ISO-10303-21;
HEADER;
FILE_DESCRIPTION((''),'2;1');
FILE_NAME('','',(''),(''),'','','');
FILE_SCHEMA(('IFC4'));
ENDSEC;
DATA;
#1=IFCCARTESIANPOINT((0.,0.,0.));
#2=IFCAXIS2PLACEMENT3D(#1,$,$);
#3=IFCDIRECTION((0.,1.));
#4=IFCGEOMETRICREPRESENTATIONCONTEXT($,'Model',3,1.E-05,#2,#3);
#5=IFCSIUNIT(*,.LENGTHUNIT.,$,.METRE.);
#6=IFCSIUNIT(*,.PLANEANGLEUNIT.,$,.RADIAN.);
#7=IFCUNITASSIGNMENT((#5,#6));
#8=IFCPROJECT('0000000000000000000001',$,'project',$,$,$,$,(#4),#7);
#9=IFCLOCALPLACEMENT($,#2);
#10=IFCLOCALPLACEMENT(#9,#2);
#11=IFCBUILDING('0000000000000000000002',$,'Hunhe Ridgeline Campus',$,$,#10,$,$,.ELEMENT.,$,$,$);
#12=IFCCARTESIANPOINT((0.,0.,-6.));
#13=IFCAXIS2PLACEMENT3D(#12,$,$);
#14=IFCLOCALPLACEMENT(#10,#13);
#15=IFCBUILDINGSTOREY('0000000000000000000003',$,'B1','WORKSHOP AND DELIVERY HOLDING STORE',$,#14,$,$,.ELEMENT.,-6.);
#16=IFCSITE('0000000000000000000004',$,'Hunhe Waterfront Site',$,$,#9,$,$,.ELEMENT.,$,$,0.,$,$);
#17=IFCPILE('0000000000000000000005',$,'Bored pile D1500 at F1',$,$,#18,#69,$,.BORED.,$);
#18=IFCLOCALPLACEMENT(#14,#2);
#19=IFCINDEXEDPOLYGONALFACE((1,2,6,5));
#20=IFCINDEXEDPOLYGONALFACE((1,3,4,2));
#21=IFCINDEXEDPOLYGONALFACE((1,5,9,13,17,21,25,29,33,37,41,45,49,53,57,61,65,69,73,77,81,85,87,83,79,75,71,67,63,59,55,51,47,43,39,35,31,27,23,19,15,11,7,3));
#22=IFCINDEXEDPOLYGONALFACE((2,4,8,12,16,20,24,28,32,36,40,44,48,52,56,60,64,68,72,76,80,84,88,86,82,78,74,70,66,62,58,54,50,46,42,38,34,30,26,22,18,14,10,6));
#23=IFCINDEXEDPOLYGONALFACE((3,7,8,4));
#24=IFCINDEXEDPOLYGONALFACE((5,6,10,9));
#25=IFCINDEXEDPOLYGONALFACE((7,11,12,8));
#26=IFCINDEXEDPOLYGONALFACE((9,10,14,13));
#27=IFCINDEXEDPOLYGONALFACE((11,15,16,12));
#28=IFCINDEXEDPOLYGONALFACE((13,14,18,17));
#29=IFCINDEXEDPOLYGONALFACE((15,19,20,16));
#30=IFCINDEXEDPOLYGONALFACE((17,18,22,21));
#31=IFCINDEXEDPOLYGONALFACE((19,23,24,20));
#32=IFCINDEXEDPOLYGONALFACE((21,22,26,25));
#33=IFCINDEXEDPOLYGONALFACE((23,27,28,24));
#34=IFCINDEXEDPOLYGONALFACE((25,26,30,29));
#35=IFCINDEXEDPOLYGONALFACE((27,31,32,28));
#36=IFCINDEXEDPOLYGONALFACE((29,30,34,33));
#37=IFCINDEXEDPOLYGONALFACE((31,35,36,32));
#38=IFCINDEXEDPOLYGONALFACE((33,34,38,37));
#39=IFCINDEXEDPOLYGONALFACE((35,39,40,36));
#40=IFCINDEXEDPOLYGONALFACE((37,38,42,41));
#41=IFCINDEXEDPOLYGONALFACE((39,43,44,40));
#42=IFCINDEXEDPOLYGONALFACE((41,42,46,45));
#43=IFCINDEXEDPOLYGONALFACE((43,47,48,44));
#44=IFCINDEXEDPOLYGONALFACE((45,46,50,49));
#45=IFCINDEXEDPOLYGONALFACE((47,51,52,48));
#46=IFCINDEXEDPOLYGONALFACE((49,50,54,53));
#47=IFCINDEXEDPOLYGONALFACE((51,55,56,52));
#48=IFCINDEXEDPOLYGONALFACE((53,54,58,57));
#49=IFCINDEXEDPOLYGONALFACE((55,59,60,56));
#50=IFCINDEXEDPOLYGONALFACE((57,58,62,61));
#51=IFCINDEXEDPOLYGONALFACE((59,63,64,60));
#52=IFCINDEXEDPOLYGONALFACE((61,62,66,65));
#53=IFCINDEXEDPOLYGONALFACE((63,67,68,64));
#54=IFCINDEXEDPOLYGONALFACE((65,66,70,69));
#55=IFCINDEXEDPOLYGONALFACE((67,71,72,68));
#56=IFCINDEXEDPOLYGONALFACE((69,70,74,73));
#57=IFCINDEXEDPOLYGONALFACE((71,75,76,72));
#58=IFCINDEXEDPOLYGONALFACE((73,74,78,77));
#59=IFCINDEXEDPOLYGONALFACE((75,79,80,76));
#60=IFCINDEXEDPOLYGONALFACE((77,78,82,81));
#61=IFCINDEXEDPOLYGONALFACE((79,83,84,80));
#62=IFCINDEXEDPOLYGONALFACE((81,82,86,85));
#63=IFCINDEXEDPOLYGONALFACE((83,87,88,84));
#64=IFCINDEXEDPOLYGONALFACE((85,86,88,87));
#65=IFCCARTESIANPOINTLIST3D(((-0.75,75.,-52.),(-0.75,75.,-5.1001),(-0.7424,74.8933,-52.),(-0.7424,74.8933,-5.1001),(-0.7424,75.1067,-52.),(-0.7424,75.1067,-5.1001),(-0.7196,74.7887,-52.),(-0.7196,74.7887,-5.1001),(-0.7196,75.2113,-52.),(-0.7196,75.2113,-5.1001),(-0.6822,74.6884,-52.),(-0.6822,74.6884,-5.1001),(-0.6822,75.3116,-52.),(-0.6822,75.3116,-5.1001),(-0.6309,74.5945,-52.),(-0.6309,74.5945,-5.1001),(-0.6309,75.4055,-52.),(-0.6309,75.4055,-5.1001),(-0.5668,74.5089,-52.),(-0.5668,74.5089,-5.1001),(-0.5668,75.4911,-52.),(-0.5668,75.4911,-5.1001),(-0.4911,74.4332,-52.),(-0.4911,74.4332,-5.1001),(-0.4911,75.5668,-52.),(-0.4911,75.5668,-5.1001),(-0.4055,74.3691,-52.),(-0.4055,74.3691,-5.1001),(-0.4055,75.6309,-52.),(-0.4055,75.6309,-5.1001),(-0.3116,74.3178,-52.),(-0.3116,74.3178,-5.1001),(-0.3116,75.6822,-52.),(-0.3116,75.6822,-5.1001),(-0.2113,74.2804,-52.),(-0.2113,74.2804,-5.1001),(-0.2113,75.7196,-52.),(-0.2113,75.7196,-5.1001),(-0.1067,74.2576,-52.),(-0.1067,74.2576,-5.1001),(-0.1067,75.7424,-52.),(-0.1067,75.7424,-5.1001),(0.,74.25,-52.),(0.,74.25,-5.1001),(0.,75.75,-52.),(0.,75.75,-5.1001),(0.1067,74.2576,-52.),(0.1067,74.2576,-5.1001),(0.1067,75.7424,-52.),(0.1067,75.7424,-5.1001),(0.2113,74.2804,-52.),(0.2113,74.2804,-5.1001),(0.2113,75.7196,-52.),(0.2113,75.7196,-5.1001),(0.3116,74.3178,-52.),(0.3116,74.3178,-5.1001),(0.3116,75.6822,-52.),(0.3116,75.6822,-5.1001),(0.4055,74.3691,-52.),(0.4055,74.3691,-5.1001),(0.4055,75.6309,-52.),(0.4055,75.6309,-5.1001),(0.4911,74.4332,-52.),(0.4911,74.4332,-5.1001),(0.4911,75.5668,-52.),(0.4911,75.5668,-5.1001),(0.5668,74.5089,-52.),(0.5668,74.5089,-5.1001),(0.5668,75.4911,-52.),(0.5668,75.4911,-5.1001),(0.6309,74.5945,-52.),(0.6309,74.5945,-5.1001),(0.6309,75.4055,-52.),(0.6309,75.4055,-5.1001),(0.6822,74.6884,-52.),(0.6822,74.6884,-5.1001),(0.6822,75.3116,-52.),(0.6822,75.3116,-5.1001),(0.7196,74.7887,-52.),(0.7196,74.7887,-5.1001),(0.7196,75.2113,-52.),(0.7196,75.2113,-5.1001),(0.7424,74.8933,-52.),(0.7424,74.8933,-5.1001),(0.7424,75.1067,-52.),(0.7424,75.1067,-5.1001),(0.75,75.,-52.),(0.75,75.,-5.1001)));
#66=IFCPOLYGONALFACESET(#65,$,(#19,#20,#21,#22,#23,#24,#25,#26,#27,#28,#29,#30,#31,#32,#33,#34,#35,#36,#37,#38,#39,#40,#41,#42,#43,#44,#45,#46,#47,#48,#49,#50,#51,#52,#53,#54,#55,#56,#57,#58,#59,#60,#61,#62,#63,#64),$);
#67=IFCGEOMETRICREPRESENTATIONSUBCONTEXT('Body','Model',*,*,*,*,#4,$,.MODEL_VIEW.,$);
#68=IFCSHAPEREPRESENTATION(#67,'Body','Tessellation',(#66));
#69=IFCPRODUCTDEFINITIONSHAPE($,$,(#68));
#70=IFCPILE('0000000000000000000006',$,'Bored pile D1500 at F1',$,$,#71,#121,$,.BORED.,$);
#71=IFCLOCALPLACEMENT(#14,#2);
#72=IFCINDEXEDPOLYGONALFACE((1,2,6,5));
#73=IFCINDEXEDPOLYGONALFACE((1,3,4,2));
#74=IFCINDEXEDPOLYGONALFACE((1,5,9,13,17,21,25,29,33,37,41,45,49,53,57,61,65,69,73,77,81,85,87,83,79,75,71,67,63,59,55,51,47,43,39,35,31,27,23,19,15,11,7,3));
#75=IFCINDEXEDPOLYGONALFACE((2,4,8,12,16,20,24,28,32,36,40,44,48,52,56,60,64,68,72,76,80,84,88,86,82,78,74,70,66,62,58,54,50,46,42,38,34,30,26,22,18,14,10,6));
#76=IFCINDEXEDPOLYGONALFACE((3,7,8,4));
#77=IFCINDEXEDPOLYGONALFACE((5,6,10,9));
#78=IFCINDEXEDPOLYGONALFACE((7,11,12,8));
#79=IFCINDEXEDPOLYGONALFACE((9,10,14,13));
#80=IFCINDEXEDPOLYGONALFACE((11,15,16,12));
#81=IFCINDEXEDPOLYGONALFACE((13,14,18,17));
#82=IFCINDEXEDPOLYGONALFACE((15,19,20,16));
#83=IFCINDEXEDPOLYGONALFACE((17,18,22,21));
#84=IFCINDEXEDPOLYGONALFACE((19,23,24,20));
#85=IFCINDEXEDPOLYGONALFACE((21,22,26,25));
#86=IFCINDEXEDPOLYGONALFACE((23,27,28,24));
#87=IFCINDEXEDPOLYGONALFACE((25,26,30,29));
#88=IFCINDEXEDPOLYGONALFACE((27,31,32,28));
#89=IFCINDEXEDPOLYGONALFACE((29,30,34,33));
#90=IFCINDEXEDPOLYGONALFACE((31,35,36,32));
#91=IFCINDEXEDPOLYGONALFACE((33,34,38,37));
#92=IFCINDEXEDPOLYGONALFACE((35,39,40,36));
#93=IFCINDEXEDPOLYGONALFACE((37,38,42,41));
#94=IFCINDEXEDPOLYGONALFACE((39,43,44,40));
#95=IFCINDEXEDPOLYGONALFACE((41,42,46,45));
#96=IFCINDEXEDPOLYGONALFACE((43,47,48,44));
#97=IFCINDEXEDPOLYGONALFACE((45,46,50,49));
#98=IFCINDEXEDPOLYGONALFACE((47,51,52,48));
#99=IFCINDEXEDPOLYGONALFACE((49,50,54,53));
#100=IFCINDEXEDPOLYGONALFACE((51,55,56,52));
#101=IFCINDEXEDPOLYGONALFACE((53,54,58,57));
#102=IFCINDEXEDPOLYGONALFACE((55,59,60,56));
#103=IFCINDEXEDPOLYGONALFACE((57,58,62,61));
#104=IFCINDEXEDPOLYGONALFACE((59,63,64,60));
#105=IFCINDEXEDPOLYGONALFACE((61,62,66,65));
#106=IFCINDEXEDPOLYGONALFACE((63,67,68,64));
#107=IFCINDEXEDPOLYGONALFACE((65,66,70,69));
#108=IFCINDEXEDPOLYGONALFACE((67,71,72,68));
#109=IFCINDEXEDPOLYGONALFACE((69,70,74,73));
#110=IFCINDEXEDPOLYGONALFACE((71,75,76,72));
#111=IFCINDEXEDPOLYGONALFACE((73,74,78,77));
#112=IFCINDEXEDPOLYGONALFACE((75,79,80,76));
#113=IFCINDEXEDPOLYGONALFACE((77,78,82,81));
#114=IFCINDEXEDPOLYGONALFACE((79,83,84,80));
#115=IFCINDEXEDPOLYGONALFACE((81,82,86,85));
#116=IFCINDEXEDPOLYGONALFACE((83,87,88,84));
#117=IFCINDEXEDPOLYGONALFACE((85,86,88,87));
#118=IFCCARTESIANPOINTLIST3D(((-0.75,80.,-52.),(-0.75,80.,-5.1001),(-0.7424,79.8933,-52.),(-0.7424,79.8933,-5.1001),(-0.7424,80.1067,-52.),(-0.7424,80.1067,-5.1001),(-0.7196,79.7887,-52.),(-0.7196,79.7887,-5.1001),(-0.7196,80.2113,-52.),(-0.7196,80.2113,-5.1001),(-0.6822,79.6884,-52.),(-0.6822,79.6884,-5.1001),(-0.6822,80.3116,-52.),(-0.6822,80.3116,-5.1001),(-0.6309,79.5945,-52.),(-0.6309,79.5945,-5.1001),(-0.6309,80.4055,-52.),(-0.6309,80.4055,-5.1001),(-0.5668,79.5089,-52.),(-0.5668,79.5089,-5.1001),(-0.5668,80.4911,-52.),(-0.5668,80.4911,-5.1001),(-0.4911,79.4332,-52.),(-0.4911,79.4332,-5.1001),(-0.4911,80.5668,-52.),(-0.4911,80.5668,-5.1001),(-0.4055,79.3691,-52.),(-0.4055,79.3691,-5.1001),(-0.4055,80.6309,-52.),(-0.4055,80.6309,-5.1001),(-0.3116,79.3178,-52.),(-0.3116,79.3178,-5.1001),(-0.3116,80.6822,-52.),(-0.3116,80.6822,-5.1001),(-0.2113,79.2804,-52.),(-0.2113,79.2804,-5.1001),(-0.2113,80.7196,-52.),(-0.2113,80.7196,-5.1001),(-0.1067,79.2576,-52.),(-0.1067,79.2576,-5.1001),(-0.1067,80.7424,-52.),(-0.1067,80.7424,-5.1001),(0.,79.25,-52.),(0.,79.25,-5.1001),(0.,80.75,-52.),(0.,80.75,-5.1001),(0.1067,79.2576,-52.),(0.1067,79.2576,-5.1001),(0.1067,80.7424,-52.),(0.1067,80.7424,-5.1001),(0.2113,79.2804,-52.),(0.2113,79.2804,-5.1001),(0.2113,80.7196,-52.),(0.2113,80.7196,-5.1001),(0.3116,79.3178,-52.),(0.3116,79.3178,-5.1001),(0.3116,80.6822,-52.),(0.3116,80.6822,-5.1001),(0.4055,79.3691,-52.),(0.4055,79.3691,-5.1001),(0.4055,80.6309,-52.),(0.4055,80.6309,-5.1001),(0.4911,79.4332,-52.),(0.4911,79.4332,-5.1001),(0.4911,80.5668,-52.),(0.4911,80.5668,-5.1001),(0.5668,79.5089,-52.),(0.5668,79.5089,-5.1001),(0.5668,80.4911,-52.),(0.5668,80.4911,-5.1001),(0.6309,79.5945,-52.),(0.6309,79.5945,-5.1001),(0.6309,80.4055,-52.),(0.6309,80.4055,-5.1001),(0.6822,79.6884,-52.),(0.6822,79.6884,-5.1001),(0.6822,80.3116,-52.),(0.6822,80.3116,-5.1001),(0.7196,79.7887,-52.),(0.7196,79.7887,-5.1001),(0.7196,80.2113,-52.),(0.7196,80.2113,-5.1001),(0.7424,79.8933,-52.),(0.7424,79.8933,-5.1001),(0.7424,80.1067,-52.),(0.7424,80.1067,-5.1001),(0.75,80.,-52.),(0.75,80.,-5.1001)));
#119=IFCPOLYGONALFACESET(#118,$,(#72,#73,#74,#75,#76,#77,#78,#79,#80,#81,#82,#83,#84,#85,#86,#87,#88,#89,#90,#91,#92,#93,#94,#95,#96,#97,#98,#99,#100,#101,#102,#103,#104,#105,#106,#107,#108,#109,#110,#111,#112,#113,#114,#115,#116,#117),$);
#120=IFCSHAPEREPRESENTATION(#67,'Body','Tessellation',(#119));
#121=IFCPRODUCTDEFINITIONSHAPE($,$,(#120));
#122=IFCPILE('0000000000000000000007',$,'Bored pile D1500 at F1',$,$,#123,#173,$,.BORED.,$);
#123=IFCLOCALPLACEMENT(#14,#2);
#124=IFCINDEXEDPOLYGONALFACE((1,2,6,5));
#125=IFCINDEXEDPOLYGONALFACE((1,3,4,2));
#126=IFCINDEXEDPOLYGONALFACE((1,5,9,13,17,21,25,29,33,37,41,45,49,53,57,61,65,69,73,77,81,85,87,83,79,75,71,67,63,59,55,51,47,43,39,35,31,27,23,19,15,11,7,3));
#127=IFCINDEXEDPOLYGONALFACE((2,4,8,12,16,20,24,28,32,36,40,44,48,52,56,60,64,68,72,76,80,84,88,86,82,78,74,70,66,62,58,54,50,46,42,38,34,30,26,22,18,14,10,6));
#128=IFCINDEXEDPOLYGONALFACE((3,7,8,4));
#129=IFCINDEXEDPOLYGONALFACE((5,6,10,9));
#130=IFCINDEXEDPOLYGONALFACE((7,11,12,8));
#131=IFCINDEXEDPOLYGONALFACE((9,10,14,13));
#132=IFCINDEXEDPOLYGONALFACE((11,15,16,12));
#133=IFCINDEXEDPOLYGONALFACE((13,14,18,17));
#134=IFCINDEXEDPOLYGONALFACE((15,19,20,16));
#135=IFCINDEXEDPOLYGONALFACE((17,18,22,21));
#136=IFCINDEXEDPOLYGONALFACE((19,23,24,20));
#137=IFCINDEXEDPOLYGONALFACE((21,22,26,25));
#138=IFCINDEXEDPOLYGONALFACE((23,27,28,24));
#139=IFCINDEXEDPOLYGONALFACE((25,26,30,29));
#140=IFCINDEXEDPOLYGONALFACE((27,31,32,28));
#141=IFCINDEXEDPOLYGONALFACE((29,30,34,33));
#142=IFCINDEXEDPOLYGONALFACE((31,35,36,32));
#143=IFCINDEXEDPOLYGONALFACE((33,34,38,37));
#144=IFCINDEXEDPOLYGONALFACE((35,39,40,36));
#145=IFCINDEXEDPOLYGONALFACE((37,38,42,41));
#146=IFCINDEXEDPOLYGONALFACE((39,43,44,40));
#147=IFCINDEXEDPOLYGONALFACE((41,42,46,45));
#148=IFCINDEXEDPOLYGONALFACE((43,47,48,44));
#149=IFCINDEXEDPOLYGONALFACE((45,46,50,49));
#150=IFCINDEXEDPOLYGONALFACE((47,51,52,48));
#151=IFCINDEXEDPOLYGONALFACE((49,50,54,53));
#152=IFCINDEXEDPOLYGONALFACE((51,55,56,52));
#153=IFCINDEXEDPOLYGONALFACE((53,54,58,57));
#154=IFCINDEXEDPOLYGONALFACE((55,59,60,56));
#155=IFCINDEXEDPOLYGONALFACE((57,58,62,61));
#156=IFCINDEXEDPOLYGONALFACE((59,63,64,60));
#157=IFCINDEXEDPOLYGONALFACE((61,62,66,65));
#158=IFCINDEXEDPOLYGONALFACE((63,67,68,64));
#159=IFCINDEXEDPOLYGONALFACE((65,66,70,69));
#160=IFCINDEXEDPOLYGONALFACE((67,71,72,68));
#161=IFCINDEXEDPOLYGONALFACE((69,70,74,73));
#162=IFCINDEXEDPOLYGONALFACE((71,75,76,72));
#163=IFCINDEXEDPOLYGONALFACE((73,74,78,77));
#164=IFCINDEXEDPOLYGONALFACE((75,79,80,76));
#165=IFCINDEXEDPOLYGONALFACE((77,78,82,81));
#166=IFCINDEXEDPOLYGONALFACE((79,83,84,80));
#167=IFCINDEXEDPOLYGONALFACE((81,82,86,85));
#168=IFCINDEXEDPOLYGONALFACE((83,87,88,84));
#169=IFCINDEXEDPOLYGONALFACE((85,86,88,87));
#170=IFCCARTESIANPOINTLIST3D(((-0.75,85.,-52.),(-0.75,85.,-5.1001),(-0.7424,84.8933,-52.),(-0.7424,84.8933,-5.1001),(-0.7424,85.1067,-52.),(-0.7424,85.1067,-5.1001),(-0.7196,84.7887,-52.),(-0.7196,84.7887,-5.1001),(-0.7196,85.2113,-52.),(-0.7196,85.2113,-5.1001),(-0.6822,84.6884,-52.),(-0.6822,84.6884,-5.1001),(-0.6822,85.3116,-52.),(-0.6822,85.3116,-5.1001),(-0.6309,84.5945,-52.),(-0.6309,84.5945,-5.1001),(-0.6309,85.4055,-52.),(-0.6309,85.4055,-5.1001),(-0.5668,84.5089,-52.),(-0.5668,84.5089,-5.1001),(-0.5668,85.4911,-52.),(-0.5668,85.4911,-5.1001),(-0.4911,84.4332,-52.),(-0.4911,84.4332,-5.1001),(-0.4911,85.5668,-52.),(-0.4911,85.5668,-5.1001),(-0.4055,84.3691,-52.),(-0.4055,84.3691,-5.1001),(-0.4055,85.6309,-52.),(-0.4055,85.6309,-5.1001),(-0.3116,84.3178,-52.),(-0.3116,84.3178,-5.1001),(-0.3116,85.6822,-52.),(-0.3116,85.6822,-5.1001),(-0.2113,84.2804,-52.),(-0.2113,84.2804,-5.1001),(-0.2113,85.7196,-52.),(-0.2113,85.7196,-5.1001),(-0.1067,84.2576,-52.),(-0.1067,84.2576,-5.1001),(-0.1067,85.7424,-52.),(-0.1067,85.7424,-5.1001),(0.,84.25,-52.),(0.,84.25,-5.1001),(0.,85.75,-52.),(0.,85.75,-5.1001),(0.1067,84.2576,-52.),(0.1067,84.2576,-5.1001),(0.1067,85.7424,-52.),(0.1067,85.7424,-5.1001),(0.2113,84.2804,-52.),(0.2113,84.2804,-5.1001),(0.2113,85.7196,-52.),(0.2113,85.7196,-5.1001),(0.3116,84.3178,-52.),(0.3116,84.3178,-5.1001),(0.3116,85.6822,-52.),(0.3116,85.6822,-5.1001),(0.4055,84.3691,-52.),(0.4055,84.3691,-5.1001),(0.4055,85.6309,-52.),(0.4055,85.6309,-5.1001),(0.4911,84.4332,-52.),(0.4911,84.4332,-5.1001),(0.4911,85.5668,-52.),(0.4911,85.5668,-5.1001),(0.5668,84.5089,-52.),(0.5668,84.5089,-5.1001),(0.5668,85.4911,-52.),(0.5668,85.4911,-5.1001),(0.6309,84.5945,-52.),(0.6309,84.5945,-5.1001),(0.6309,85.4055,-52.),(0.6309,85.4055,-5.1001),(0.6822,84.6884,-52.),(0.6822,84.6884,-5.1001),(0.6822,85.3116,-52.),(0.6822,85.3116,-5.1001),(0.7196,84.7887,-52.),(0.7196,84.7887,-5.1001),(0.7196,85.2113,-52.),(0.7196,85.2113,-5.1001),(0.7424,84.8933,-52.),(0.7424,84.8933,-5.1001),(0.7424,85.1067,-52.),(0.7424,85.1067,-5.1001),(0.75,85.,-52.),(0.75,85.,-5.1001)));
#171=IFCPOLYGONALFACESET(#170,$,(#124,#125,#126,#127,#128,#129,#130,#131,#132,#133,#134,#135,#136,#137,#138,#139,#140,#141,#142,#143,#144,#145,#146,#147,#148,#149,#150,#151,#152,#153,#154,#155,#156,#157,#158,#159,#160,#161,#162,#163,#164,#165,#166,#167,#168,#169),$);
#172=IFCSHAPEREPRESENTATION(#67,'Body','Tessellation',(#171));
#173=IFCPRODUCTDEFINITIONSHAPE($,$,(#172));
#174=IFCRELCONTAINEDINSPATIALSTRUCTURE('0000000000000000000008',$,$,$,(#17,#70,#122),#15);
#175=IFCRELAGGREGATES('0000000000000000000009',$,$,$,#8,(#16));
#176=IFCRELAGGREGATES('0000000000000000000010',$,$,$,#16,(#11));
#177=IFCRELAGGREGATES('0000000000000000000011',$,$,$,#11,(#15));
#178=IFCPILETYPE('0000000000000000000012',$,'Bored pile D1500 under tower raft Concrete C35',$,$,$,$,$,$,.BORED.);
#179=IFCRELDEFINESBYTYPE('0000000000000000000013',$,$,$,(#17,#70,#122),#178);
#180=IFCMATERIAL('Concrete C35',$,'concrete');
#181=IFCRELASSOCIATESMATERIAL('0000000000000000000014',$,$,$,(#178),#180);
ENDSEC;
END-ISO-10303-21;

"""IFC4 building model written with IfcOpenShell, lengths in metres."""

from ifc_helpers import new_model, si_unit, direction, frame, origin, origin_2d, place, context, subcontext, project, spatial, circle, extrude, material, material_profile, profile_set, type_object, element, save


model = new_model("IFC4")

# Units and contexts
model_context = context("Model", 3, precision=1e-05, world=origin(), true_north=direction((0.0, 1.0)))
body_context = subcontext(model_context, "Body", "Model", "MODEL_VIEW")
ifc_project = project(units=[si_unit("LENGTHUNIT", "METRE"), si_unit("PLANEANGLEUNIT", "RADIAN")], contexts=[model_context])

# Site, building, storey
site_placement = place(None, origin())
site = spatial("IfcSite", under=ifc_project, at=site_placement, Name="Hunhe Waterfront Site", CompositionType="ELEMENT", RefElevation=0.0)
building_placement = place(site_placement, origin())
building = spatial("IfcBuilding", under=site, at=building_placement, Name="Hunhe Ridgeline Campus", CompositionType="ELEMENT")
storey_placement = place(building_placement, frame((0.0, 0.0, -6.0)))
storey = spatial("IfcBuildingStorey", under=building, at=storey_placement, Name="B1", Description="WORKSHOP AND DELIVERY HOLDING STORE", CompositionType="ELEMENT", Elevation=-6.0)

# Piles
ifc_material_1 = material(Name="Concrete C35", Category="concrete")
ifc_material_profile = material_profile(ifc_material_1, circle(Radius=0.75, at=origin_2d()))
ifc_profile_set = profile_set([ifc_material_profile], Name="Concrete C35")
pile_type = type_object("IfcPileType", Name="Bored pile D1500 under tower raft Concrete C35", PredefinedType="BORED", material=ifc_profile_set)
for number, where, z_axis, x_axis, name in (
    (1, (0.0, 75.0, -5.1001), (0.0, 0.0, -1.0), (1.0, 0.0, 0.0), "Bored pile D1500 at F1"),
    (2, (0.0, 80.0, -5.1001), (0.0, 0.0, -1.0), (1.0, 0.0, 0.0), "Bored pile D1500 at F1"),
    (3, (0.0, 85.0, -5.1001), (0.0, 0.0, -1.0), (1.0, 0.0, 0.0), "Bored pile D1500 at F1"),
):
    element("IfcPile", number, at=place(storey_placement, frame(where, z_axis=z_axis, x_axis=x_axis)), inside=storey, type_object=pile_type, Name=name, PredefinedType="BORED", context=body_context, shape_type="SweptSolid", body=[
        extrude(circle(Radius=0.75, at=origin_2d()), origin(), (0.0, 0.0, 1.0), 46.8999),
    ])

save(model, "model.ifc")
